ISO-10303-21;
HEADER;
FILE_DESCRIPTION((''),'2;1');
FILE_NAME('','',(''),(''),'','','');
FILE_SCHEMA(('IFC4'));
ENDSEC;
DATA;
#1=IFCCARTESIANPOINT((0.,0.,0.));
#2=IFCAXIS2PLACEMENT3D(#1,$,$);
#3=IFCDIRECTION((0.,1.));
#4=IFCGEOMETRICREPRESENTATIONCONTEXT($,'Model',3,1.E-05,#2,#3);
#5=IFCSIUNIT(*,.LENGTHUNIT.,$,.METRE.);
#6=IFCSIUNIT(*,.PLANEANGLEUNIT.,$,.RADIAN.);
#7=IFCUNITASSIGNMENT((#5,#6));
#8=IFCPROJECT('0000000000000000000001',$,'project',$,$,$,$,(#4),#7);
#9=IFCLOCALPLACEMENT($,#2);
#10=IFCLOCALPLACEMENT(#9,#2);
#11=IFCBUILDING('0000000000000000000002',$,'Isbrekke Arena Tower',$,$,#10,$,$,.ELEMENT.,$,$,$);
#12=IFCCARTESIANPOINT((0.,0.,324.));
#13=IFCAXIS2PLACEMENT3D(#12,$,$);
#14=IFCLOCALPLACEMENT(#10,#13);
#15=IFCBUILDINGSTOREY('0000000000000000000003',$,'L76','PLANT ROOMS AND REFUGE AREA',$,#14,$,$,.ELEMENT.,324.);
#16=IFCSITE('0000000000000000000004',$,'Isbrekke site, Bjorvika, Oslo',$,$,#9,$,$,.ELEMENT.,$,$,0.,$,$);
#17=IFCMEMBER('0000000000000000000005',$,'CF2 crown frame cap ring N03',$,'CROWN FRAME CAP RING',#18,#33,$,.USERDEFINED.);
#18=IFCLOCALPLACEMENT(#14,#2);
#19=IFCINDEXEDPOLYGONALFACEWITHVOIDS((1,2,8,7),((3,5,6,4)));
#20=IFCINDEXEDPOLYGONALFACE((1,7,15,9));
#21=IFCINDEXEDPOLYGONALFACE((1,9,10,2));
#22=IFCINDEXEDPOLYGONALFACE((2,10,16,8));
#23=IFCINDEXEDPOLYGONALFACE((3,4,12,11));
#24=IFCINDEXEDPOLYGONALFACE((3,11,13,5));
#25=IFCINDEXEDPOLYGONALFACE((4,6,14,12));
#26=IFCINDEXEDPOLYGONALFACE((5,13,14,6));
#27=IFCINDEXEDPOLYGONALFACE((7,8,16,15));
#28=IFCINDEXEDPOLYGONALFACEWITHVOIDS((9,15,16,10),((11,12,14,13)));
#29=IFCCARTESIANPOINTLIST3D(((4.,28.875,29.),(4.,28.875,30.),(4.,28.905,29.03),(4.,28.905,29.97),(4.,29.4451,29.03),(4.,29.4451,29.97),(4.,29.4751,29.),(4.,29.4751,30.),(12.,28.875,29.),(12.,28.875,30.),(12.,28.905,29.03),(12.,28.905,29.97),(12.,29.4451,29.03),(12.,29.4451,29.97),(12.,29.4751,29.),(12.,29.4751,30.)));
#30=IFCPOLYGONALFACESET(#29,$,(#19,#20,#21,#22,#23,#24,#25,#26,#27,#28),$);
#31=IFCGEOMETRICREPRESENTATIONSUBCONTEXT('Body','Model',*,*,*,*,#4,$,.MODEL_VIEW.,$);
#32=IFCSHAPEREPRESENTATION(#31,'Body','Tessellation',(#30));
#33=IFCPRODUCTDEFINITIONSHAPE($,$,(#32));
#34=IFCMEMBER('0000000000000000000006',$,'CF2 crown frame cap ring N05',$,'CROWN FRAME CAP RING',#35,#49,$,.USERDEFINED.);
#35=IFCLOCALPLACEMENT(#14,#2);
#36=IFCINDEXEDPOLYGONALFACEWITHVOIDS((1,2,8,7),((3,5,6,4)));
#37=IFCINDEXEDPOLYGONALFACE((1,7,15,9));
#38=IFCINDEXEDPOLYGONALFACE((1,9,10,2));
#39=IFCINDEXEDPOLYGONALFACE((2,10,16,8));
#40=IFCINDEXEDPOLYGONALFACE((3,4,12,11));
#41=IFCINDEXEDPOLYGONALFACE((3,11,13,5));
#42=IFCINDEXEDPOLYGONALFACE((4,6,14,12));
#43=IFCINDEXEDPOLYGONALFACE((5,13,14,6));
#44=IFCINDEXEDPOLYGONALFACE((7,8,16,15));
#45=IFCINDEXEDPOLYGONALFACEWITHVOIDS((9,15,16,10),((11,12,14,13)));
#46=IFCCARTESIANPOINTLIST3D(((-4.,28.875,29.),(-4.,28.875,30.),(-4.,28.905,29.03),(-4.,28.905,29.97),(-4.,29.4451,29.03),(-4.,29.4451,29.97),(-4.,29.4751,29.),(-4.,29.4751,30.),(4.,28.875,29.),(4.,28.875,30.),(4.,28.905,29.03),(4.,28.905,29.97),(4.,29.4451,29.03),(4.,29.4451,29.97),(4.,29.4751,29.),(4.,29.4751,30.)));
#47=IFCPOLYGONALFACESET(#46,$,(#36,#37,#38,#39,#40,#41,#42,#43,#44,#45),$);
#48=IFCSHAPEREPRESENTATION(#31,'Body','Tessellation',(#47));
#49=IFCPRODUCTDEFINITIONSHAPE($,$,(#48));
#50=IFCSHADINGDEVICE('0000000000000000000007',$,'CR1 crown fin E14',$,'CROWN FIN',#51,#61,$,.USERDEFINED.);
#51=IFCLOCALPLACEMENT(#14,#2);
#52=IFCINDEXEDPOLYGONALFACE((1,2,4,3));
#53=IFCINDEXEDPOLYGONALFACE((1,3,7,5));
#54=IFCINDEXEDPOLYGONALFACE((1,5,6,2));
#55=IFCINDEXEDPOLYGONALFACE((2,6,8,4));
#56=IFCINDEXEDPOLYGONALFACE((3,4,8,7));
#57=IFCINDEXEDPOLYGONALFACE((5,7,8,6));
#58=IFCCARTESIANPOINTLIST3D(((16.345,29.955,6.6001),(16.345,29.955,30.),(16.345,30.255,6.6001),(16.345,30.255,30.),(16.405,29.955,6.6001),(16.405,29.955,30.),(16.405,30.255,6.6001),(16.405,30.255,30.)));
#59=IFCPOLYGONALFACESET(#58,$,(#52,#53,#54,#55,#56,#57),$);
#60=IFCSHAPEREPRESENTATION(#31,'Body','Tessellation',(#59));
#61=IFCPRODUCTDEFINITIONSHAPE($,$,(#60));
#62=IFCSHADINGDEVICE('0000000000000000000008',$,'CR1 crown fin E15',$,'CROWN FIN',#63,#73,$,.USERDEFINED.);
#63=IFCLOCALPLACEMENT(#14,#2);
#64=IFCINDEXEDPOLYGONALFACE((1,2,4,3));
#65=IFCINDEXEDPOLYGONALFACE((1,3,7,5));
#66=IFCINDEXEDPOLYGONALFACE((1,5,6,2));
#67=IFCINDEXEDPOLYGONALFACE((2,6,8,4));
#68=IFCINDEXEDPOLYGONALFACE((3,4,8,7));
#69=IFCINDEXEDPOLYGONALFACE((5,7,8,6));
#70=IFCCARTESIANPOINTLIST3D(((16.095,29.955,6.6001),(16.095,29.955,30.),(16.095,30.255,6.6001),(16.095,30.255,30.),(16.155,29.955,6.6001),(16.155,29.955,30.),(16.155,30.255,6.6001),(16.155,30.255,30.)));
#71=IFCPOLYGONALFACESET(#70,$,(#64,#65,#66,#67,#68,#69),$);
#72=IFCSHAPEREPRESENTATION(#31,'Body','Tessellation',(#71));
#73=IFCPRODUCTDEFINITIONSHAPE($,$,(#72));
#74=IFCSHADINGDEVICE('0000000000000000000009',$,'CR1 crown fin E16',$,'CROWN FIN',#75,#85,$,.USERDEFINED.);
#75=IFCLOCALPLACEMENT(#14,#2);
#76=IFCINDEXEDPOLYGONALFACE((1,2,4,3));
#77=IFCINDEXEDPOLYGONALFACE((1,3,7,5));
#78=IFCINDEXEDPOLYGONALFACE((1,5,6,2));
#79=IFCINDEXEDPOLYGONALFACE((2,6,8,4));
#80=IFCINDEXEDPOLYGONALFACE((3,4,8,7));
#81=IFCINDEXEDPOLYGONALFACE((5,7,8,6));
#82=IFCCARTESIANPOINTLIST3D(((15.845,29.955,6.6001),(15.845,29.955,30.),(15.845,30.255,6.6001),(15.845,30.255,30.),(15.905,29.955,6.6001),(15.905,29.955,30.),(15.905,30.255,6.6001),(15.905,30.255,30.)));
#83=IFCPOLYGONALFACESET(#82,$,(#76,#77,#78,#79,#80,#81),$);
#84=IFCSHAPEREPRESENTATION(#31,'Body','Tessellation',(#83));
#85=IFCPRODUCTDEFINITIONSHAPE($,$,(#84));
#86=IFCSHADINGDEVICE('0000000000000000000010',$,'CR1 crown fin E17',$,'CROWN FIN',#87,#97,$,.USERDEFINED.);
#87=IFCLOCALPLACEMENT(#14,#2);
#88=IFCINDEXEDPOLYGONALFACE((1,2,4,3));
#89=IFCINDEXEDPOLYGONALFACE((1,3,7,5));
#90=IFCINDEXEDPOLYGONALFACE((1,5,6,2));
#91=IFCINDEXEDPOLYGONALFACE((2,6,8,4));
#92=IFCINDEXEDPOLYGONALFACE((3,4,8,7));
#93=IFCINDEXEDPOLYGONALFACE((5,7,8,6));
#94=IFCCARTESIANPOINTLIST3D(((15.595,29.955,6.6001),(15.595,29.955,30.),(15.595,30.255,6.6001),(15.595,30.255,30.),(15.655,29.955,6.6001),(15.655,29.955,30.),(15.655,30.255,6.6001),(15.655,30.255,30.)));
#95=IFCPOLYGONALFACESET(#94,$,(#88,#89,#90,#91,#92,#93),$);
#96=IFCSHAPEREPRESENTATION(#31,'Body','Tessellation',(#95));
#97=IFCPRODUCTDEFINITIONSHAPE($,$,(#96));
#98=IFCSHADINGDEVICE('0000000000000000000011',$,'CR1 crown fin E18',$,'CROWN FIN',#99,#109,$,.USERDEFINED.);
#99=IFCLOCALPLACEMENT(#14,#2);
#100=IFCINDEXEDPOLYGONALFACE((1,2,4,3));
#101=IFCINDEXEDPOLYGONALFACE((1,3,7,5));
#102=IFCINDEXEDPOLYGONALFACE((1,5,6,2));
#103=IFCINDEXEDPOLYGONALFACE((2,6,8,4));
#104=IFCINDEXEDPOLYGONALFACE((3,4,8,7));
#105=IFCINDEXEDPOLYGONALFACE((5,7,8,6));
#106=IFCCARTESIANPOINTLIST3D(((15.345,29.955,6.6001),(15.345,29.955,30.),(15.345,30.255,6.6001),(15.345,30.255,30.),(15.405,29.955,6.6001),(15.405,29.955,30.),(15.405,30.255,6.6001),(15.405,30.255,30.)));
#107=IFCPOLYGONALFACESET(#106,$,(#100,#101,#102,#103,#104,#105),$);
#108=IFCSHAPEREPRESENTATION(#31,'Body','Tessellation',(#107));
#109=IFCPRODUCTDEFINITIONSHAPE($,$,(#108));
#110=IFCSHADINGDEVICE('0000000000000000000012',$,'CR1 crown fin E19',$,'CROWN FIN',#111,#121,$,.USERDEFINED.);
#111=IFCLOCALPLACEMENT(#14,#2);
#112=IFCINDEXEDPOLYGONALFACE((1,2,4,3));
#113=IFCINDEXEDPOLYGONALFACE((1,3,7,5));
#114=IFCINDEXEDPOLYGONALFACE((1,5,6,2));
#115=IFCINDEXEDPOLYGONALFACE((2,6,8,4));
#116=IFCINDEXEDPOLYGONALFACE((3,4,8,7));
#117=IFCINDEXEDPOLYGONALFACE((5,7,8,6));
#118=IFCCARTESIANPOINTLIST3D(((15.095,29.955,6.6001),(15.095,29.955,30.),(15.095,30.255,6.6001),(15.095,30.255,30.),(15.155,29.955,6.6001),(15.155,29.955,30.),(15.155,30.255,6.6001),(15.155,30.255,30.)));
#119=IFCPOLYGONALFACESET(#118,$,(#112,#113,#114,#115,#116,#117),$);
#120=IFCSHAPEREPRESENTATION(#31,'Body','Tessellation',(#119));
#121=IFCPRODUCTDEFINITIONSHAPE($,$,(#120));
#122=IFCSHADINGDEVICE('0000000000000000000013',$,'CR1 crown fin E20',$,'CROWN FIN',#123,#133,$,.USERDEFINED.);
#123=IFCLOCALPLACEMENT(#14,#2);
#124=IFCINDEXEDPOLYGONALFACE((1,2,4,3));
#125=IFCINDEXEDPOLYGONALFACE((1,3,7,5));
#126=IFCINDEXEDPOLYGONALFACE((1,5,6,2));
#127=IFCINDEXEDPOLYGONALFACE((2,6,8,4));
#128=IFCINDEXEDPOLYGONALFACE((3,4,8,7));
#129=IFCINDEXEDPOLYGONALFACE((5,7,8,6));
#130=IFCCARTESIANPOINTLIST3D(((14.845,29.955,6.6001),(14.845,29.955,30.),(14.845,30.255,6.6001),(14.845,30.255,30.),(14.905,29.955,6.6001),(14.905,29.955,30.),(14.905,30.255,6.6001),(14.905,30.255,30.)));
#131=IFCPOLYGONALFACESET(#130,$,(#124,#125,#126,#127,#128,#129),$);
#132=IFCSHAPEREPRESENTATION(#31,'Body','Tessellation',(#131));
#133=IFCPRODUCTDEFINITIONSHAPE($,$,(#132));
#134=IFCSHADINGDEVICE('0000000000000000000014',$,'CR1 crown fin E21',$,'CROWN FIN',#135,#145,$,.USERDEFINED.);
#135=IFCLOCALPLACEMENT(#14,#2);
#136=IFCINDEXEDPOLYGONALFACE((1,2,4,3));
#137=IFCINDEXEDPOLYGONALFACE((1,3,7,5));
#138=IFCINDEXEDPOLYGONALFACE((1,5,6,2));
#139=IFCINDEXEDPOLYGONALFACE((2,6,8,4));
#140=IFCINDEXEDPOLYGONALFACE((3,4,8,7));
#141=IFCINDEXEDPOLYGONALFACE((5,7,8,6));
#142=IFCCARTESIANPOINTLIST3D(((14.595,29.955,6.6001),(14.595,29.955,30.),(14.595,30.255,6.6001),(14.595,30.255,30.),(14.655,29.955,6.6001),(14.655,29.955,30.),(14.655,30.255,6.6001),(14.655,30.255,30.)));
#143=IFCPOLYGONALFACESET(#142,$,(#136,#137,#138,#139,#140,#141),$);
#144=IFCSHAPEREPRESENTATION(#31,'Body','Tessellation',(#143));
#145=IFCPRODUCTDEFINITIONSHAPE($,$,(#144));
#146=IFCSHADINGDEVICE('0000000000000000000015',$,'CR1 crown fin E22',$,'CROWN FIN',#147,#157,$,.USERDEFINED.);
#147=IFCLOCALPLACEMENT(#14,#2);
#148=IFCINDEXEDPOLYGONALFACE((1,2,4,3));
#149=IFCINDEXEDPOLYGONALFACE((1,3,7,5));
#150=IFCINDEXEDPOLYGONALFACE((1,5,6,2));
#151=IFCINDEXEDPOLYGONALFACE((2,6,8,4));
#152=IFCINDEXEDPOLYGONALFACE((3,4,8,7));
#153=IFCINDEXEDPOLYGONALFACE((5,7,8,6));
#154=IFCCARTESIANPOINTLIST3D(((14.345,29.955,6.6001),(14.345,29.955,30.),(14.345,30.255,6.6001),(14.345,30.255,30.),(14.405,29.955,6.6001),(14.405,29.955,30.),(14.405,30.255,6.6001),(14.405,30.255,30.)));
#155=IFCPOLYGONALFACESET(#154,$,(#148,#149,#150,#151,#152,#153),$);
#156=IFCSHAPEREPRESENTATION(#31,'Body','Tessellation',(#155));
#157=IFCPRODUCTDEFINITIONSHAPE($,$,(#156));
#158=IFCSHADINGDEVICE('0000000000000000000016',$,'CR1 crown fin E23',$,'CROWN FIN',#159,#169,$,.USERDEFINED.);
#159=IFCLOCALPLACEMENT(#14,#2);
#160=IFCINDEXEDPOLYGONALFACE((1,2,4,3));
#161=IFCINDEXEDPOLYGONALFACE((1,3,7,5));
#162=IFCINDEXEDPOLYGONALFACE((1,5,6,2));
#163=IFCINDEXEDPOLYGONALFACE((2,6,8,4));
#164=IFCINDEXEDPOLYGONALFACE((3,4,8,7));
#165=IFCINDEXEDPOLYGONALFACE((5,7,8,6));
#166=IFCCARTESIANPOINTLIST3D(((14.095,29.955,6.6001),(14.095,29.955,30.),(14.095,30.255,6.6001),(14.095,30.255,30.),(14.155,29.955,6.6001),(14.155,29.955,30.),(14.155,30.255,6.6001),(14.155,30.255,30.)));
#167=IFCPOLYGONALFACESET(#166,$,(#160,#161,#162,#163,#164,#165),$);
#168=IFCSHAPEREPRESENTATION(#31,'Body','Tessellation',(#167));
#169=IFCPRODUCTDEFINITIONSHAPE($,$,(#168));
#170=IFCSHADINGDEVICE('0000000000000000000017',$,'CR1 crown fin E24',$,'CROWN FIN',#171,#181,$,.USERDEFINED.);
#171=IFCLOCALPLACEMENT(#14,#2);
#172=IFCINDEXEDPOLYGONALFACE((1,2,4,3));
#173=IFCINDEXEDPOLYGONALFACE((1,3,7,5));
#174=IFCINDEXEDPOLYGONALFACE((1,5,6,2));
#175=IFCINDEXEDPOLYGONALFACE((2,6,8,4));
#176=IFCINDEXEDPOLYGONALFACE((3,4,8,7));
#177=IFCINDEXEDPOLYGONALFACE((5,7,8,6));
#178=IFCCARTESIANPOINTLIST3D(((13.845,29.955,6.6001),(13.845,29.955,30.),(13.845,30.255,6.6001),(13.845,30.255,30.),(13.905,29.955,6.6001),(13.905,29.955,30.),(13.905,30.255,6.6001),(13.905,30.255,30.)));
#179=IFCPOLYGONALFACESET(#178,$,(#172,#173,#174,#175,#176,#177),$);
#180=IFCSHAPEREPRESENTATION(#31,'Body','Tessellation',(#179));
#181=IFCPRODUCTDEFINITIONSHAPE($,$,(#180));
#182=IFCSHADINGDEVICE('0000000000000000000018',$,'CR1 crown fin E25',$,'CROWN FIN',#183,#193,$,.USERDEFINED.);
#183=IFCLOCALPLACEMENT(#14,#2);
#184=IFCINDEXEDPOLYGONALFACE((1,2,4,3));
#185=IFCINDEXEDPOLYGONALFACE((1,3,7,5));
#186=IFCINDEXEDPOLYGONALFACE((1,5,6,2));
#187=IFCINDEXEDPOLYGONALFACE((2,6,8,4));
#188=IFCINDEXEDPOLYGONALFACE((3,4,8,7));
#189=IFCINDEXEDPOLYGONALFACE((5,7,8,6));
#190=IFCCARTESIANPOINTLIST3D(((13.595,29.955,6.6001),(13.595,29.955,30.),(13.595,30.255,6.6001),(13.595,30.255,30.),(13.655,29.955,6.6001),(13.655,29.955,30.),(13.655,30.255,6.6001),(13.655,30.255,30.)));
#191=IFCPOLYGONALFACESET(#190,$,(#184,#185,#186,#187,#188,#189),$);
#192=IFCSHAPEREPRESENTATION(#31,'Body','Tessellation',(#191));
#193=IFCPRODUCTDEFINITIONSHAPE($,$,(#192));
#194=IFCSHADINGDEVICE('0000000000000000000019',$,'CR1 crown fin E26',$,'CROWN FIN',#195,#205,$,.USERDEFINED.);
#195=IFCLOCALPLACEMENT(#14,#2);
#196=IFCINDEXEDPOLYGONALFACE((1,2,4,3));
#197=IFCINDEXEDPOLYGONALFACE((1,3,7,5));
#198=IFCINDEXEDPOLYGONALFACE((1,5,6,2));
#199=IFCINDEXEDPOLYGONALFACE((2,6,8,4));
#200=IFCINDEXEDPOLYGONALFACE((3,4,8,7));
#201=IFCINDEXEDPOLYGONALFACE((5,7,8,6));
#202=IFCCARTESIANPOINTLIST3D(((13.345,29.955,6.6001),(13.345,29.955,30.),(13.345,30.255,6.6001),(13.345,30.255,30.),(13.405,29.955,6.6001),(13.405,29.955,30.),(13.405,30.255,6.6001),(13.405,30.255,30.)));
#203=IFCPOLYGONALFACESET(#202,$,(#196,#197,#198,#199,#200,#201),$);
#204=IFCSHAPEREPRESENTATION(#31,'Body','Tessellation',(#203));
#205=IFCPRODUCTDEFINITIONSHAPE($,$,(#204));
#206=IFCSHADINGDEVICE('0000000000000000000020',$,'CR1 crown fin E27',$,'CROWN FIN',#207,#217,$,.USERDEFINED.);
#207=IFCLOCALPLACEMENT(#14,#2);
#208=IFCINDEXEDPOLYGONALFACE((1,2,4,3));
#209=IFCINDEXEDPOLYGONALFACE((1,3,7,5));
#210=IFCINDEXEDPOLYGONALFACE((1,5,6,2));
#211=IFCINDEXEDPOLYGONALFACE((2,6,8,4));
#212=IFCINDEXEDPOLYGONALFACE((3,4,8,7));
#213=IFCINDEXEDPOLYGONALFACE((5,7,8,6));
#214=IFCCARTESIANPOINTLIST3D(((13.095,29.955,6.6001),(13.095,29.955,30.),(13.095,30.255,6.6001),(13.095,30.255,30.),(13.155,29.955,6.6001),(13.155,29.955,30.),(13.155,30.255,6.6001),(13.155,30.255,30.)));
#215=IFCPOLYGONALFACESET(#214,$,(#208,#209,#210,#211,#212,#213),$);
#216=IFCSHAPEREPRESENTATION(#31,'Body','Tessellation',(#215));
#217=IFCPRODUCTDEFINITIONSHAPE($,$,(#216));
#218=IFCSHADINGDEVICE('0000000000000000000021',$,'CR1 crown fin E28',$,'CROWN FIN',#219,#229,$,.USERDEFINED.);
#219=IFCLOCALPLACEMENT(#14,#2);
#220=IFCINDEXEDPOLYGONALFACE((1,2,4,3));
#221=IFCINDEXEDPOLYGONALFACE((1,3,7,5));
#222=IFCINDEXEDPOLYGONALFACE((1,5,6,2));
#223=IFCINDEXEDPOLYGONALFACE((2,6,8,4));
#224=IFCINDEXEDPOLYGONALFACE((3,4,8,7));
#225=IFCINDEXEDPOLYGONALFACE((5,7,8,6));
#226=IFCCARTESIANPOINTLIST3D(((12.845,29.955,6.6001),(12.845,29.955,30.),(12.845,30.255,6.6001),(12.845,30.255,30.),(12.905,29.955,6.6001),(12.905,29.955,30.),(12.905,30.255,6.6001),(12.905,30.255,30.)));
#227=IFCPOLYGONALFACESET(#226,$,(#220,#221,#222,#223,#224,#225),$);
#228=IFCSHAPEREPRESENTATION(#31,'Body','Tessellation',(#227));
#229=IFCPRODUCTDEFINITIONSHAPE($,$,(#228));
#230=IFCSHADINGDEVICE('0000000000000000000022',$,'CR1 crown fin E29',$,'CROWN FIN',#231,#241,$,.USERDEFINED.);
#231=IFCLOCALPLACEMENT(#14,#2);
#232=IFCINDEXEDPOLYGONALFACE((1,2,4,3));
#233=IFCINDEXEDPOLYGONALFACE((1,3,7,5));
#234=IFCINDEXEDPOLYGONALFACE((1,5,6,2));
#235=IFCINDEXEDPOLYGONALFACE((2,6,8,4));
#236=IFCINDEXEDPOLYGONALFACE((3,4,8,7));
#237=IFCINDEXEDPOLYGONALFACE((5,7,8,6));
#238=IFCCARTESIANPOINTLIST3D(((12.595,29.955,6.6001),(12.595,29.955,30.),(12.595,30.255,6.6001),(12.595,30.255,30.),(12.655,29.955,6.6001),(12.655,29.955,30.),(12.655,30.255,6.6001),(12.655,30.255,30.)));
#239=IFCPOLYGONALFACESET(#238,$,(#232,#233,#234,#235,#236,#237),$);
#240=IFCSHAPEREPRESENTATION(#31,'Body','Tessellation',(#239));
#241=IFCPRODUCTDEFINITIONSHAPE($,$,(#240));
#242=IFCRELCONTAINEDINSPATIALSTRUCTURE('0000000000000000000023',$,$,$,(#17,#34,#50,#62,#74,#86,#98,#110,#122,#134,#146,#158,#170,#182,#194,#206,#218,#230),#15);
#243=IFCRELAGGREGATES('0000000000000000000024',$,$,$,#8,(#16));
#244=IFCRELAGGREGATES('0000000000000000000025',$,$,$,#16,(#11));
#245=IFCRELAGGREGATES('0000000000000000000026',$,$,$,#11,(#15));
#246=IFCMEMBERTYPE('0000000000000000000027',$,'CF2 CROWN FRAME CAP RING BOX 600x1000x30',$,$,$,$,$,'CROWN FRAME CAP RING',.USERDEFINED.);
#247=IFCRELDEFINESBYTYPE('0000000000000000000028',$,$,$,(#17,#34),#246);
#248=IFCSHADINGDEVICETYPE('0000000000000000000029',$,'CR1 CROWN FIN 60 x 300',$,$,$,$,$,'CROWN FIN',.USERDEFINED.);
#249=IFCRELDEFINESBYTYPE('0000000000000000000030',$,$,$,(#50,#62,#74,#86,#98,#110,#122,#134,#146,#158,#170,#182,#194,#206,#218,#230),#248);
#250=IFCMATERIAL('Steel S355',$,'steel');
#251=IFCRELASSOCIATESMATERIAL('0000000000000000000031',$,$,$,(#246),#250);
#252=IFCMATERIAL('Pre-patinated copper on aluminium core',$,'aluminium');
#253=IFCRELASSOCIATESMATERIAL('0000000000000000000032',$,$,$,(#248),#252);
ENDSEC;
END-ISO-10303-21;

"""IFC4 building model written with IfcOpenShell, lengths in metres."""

from ifc_helpers import new_model, si_unit, direction, frame, origin, origin_2d, place, context, subcontext, project, spatial, rectangle, hollow_rectangle, extrude, material, material_profile, profile_set, type_object, element, save


model = new_model("IFC4")

# Units and contexts
model_context = context("Model", 3, precision=1e-05, world=origin(), true_north=direction((0.0, 1.0)))
body_context = subcontext(model_context, "Body", "Model", "MODEL_VIEW")
ifc_project = project(units=[si_unit("LENGTHUNIT", "METRE"), si_unit("PLANEANGLEUNIT", "RADIAN")], contexts=[model_context])

# Site, building, storey
site_placement = place(None, origin())
site = spatial("IfcSite", under=ifc_project, at=site_placement, Name="Isbrekke site, Bjorvika, Oslo", CompositionType="ELEMENT", RefElevation=0.0)
building_placement = place(site_placement, origin())
building = spatial("IfcBuilding", under=site, at=building_placement, Name="Isbrekke Arena Tower", CompositionType="ELEMENT")
storey_placement = place(building_placement, frame((0.0, 0.0, 324.0)))
storey = spatial("IfcBuildingStorey", under=building, at=storey_placement, Name="L76", Description="PLANT ROOMS AND REFUGE AREA", CompositionType="ELEMENT", Elevation=324.0)

# Members
ifc_material_1 = material(Name="Steel S355", Category="steel")
ifc_material_profile_1 = material_profile(ifc_material_1, hollow_rectangle(XDim=0.6001, YDim=1.0, WallThickness=0.03, at=origin_2d()), Name="BOX 600x1000x30")
ifc_profile_set_1 = profile_set([ifc_material_profile_1], Name="Steel S355")
member_type = type_object("IfcMemberType", Name="CF2 CROWN FRAME CAP RING BOX 600x1000x30", ElementType="CROWN FRAME CAP RING", PredefinedType="USERDEFINED", material=ifc_profile_set_1)
for number, where, z_axis, x_axis, name in (
    (1, (12.0, 29.175, 29.5), (-1.0, 0.0, 0.0), (0.0, -1.0, 0.0), "CF2 crown frame cap ring N03"),
    (2, (4.0, 29.175, 29.5), (-1.0, 0.0, 0.0), (0.0, -1.0, 0.0), "CF2 crown frame cap ring N05"),
):
    element("IfcMember", number, at=place(storey_placement, frame(where, z_axis=z_axis, x_axis=x_axis)), inside=storey, type_object=member_type, Name=name, ObjectType="CROWN FRAME CAP RING", PredefinedType="USERDEFINED", context=body_context, shape_type="SweptSolid", body=[
        extrude(hollow_rectangle(XDim=0.6001, YDim=1.0, WallThickness=0.03, at=origin_2d()), origin(), (0.0, 0.0, 1.0), 8.0),
    ])

# Shading devices
ifc_material_2 = material(Name="Pre-patinated copper on aluminium core", Category="aluminium")
ifc_material_profile_2 = material_profile(ifc_material_2, rectangle(XDim=0.0601, YDim=0.3, at=origin_2d()), Name="FIN 60X300")
ifc_profile_set_2 = profile_set([ifc_material_profile_2], Name="Pre-patinated copper on aluminium core")
shading_device_type = type_object("IfcShadingDeviceType", Name="CR1 CROWN FIN 60 x 300", ElementType="CROWN FIN", PredefinedType="USERDEFINED", material=ifc_profile_set_2)
for number, where, z_axis, x_axis, name in (
    (3, (16.375, 30.105, 6.6001), (0.0, 0.0, 1.0), (-1.0, 0.0, 0.0), "CR1 crown fin E14"),
    (4, (16.125, 30.105, 6.6001), (0.0, 0.0, 1.0), (-1.0, 0.0, 0.0), "CR1 crown fin E15"),
    (5, (15.875, 30.105, 6.6001), (0.0, 0.0, 1.0), (-1.0, 0.0, 0.0), "CR1 crown fin E16"),
    (6, (15.625, 30.105, 6.6001), (0.0, 0.0, 1.0), (-1.0, 0.0, 0.0), "CR1 crown fin E17"),
    (7, (15.375, 30.105, 6.6001), (0.0, 0.0, 1.0), (-1.0, 0.0, 0.0), "CR1 crown fin E18"),
    (8, (15.125, 30.105, 6.6001), (0.0, 0.0, 1.0), (-1.0, 0.0, 0.0), "CR1 crown fin E19"),
    (9, (14.875, 30.105, 6.6001), (0.0, 0.0, 1.0), (-1.0, 0.0, 0.0), "CR1 crown fin E20"),
    (10, (14.625, 30.105, 6.6001), (0.0, 0.0, 1.0), (-1.0, 0.0, 0.0), "CR1 crown fin E21"),
    (11, (14.375, 30.105, 6.6001), (0.0, 0.0, 1.0), (-1.0, 0.0, 0.0), "CR1 crown fin E22"),
    (12, (14.125, 30.105, 6.6001), (0.0, 0.0, 1.0), (-1.0, 0.0, 0.0), "CR1 crown fin E23"),
    (13, (13.875, 30.105, 6.6001), (0.0, 0.0, 1.0), (-1.0, 0.0, 0.0), "CR1 crown fin E24"),
    (14, (13.625, 30.105, 6.6001), (0.0, 0.0, 1.0), (-1.0, 0.0, 0.0), "CR1 crown fin E25"),
    (15, (13.375, 30.105, 6.6001), (0.0, 0.0, 1.0), (-1.0, 0.0, 0.0), "CR1 crown fin E26"),
    (16, (13.125, 30.105, 6.6001), (0.0, 0.0, 1.0), (-1.0, 0.0, 0.0), "CR1 crown fin E27"),
    (17, (12.875, 30.105, 6.6001), (0.0, 0.0, 1.0), (-1.0, 0.0, 0.0), "CR1 crown fin E28"),
    (18, (12.625, 30.105, 6.6001), (0.0, 0.0, 1.0), (-1.0, 0.0, 0.0), "CR1 crown fin E29"),
):
    element("IfcShadingDevice", number, at=place(storey_placement, frame(where, z_axis=z_axis, x_axis=x_axis)), inside=storey, type_object=shading_device_type, Name=name, ObjectType="CROWN FIN", PredefinedType="USERDEFINED", context=body_context, shape_type="SweptSolid", body=[
        extrude(rectangle(XDim=0.0601, YDim=0.3, at=origin_2d()), origin(), (0.0, 0.0, 1.0), 23.3999),
    ])

save(model, "model.ifc")
